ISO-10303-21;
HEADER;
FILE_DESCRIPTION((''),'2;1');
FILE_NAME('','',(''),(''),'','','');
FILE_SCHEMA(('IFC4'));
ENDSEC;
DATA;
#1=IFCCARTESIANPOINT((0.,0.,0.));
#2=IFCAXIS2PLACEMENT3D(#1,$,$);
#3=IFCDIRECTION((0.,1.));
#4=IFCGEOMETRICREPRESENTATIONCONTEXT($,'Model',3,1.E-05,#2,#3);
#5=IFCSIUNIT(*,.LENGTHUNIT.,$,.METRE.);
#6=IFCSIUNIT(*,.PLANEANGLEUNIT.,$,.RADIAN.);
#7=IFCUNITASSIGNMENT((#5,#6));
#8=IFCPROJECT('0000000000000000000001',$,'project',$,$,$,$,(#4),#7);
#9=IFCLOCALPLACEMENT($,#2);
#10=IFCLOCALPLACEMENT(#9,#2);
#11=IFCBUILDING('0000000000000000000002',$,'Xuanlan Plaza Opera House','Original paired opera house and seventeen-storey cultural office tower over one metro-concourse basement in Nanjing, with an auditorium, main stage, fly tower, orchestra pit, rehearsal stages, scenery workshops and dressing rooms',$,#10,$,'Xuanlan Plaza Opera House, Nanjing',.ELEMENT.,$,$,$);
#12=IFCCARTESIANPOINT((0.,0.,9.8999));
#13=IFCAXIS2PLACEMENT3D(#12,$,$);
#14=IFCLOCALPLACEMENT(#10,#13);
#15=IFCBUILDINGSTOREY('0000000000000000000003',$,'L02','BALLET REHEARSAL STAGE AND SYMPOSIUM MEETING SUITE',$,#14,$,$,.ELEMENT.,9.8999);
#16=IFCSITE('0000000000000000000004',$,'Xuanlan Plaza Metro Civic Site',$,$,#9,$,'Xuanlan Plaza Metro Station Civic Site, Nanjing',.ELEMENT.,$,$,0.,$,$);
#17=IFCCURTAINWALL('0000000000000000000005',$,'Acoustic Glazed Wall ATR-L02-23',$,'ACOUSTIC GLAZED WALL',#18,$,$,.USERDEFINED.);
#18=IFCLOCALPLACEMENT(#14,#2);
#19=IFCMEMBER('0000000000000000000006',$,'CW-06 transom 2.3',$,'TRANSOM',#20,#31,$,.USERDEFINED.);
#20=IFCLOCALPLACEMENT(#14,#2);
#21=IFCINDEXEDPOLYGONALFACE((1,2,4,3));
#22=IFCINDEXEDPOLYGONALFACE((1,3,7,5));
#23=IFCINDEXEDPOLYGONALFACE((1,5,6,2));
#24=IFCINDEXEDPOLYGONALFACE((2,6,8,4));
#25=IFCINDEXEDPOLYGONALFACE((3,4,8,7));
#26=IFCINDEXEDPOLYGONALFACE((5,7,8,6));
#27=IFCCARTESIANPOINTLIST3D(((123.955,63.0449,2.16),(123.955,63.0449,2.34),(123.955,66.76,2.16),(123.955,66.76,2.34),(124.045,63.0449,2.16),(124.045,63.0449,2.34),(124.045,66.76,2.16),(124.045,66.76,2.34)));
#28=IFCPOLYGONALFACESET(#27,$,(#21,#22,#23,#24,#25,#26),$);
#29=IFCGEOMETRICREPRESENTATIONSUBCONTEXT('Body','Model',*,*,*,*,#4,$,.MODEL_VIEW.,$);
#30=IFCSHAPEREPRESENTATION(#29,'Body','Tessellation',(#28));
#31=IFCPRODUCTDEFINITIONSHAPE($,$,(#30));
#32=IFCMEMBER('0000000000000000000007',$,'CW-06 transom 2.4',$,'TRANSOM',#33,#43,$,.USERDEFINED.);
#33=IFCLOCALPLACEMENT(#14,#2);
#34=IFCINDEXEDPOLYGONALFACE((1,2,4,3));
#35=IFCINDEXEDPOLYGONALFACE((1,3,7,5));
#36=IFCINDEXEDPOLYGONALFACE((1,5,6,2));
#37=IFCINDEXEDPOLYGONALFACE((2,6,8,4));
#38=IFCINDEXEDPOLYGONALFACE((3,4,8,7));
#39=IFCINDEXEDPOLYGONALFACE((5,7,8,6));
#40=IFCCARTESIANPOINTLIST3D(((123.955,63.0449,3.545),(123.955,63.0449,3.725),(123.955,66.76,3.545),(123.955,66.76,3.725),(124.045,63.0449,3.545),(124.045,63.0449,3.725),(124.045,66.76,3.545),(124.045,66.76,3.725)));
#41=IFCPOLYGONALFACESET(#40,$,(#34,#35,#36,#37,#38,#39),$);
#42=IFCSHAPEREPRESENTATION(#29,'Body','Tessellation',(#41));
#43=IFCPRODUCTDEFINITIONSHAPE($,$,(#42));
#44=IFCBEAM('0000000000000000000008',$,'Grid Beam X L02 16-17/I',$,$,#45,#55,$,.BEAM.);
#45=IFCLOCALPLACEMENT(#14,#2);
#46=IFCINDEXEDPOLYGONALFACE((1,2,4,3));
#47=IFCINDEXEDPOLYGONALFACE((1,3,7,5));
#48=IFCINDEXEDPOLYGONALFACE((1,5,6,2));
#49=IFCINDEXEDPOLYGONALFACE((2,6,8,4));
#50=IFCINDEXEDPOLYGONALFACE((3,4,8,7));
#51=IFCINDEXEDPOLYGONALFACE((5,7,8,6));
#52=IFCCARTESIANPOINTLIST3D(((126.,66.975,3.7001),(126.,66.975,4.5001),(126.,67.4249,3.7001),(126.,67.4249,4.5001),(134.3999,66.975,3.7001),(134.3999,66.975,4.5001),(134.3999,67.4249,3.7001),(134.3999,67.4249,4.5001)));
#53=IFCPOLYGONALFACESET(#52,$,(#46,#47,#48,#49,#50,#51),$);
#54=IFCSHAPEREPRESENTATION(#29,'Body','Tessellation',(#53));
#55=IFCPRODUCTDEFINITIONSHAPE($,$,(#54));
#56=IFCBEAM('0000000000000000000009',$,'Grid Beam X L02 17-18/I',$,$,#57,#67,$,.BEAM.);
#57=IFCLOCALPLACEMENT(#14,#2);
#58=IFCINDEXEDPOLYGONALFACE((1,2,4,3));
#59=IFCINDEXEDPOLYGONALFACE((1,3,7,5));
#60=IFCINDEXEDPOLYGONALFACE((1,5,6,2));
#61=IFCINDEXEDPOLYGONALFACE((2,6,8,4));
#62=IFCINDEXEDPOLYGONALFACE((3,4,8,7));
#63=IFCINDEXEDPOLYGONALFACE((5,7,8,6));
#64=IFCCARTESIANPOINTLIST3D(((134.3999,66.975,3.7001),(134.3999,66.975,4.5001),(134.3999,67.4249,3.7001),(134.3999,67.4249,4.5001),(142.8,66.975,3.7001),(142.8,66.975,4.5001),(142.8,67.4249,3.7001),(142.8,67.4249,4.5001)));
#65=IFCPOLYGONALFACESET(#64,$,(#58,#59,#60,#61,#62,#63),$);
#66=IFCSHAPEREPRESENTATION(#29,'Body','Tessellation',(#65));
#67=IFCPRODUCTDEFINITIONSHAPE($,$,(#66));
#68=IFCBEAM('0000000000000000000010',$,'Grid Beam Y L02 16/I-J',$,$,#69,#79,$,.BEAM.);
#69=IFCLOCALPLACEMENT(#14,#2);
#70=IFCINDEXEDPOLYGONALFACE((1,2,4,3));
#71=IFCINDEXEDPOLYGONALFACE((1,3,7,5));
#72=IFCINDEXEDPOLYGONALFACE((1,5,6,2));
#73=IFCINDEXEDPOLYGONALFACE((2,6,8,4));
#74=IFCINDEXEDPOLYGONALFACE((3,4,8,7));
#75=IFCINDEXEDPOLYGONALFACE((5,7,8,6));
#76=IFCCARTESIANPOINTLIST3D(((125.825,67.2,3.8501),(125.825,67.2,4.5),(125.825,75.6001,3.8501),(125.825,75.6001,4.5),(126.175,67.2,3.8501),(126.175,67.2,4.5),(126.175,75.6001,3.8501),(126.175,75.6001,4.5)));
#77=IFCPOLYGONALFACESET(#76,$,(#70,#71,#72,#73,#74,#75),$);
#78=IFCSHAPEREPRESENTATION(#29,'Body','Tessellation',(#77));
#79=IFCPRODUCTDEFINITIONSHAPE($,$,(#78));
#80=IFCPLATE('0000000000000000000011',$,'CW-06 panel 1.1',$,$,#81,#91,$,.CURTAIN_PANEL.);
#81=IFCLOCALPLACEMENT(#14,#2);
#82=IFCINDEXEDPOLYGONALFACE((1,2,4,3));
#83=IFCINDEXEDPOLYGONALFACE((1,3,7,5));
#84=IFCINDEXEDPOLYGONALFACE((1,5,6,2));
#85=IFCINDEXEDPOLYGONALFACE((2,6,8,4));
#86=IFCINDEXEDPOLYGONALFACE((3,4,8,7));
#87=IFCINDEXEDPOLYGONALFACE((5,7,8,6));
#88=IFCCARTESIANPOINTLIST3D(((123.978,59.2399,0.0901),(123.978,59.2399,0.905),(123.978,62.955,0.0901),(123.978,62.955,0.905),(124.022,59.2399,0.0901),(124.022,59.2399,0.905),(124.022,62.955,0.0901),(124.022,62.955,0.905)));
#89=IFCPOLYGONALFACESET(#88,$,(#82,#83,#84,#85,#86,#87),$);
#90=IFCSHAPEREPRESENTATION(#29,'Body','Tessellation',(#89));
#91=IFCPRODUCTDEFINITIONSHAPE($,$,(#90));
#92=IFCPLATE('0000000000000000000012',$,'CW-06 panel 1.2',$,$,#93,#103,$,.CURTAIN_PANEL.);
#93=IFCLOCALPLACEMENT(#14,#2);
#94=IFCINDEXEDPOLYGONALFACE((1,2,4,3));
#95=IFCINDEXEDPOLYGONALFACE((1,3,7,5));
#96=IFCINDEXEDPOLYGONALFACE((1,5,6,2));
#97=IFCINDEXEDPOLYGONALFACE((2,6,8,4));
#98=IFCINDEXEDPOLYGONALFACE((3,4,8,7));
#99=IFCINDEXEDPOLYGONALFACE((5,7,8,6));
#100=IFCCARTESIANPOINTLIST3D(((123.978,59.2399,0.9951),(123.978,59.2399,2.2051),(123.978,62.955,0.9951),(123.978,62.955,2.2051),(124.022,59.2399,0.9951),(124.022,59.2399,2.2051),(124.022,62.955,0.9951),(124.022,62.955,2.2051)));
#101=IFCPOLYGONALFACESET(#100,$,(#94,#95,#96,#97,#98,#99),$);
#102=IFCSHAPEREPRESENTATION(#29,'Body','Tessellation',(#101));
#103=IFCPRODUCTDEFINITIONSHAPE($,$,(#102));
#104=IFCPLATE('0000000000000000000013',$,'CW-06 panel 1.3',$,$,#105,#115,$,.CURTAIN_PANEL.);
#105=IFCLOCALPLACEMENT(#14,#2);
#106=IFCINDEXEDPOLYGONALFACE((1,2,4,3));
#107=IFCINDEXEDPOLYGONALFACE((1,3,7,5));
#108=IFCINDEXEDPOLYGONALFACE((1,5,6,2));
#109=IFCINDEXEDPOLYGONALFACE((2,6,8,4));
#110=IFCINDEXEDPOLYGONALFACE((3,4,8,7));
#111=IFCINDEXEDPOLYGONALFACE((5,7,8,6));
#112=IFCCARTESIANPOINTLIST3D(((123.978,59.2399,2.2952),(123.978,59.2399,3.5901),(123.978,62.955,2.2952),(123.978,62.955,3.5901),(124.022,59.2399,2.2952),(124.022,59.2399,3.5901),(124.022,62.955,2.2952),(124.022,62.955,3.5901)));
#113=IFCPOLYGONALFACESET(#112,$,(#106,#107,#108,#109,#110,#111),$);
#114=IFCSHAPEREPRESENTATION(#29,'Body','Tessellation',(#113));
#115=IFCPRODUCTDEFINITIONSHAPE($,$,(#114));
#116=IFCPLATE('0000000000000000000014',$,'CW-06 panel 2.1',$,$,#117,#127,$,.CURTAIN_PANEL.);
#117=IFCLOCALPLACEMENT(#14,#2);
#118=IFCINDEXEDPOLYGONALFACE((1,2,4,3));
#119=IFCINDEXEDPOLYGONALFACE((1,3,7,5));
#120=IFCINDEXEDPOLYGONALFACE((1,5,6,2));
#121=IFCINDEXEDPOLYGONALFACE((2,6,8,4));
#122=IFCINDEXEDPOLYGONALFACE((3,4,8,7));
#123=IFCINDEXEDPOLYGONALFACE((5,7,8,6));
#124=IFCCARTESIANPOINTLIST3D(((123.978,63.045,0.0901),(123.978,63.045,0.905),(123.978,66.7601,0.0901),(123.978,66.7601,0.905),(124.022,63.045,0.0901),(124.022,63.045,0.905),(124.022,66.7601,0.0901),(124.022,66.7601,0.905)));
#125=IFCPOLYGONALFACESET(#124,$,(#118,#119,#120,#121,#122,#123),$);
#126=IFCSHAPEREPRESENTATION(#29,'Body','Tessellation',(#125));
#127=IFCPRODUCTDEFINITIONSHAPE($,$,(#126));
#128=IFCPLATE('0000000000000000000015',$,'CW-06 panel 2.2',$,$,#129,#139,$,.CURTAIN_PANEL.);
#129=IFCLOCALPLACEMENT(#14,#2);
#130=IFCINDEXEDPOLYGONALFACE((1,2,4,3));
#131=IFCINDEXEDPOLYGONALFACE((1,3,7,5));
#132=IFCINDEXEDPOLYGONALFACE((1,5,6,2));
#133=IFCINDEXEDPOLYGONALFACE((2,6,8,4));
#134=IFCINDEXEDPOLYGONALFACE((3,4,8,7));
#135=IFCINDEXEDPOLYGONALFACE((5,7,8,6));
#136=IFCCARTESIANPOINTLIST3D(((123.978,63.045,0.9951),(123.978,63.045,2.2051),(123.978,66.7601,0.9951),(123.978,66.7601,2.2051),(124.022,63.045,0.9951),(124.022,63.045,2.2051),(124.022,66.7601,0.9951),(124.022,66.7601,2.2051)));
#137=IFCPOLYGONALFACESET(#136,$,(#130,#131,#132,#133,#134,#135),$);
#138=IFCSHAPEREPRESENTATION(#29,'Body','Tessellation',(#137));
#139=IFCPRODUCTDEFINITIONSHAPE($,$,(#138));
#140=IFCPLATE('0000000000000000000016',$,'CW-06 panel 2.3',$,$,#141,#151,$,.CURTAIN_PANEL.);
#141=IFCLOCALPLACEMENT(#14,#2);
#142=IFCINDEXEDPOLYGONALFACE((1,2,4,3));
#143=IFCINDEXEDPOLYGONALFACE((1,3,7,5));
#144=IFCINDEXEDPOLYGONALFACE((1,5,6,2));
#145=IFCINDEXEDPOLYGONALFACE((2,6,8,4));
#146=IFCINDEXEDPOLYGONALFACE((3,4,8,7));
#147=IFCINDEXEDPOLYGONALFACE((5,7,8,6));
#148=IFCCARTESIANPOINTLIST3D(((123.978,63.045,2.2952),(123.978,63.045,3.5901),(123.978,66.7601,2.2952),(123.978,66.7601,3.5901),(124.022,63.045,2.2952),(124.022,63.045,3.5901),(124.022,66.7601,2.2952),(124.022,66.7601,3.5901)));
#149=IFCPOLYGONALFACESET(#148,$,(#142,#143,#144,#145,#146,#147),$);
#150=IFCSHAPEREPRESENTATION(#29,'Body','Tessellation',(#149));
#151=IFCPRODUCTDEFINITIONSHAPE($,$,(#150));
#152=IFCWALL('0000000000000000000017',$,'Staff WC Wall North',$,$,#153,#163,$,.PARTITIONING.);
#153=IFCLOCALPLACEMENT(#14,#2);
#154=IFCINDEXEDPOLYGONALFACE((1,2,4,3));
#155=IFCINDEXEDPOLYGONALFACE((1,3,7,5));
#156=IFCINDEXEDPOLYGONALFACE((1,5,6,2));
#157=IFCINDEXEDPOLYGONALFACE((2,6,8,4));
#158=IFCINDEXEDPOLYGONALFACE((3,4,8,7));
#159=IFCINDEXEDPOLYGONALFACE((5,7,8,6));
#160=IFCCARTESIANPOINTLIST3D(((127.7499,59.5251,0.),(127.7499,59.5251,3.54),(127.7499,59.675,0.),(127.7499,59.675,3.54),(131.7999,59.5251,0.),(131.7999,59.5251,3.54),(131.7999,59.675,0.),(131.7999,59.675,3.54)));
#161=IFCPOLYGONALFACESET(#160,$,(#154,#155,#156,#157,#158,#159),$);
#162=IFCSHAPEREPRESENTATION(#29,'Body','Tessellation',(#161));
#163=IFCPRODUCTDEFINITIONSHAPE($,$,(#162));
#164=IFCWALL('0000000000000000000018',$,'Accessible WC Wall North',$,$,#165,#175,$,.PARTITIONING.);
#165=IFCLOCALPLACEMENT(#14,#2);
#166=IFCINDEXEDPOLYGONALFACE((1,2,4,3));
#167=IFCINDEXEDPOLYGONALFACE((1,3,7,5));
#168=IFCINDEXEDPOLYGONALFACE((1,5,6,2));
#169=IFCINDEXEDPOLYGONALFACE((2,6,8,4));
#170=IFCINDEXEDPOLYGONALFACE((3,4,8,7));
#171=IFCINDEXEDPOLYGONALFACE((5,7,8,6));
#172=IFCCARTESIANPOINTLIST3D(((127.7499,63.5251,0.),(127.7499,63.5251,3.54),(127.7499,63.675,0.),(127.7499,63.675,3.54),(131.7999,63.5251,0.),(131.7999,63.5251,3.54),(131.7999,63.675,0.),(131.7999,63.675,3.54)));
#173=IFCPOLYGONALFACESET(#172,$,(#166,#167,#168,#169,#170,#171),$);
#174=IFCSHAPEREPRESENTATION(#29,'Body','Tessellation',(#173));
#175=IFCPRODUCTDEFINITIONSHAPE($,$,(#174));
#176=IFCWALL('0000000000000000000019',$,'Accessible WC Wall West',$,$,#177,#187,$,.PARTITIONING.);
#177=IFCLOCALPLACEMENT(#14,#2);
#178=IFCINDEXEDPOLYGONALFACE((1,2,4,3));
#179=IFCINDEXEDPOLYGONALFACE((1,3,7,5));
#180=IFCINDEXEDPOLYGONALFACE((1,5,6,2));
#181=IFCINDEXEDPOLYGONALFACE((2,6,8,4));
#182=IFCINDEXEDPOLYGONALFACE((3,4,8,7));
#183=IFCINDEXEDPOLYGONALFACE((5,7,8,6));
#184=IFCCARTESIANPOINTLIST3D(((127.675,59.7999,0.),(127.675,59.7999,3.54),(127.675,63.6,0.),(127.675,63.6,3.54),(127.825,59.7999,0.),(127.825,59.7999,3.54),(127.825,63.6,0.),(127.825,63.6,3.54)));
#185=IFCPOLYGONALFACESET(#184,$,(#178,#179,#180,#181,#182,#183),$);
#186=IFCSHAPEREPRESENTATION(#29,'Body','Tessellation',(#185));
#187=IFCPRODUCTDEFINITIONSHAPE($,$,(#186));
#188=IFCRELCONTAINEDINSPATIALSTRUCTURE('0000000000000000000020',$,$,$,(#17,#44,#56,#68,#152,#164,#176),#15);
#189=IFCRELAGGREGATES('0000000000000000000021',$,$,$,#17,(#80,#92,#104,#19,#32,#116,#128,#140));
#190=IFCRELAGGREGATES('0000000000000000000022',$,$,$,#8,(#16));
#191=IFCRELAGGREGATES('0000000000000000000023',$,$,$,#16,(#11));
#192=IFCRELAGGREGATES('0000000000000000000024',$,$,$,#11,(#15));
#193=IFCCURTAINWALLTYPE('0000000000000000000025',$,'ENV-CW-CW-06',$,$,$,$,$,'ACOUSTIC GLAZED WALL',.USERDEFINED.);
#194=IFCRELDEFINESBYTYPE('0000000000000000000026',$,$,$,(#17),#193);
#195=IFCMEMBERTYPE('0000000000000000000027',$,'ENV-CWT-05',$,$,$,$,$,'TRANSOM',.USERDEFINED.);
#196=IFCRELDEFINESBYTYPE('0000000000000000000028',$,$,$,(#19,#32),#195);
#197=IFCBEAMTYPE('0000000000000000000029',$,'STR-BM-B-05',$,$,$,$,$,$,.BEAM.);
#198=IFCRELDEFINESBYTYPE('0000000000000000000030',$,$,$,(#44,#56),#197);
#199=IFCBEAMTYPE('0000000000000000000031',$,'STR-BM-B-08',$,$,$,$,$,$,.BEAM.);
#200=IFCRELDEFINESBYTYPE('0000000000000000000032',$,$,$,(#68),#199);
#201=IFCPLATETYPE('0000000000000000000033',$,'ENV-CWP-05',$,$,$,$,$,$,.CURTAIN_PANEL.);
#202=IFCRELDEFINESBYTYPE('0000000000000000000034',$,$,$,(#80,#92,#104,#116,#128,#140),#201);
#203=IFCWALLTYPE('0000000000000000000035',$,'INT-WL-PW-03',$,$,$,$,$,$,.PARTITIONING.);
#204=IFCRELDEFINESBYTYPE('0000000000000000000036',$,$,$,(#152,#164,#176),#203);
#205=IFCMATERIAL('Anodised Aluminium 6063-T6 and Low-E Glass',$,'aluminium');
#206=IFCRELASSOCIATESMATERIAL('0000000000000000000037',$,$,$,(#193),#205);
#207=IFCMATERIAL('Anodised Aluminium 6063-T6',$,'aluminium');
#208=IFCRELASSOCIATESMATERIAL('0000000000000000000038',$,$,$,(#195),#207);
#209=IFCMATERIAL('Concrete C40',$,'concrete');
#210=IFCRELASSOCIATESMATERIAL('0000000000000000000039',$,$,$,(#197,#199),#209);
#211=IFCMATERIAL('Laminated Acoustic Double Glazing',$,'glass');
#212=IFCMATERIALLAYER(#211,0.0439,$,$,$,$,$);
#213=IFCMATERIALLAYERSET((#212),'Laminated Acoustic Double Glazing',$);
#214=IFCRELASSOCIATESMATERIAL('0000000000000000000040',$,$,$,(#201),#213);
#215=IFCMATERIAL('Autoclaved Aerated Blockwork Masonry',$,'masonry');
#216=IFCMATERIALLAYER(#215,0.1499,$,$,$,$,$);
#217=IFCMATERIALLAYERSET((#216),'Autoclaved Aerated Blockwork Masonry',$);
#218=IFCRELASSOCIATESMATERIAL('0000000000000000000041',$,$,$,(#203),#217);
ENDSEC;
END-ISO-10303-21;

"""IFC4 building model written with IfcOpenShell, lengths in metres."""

from ifc_helpers import new_model, si_unit, direction, frame, frame_2d, origin, origin_2d, place, context, subcontext, project, spatial, rectangle, extrude, material, layer, layer_set, material_profile, profile_set, type_object, element, aggregate, save


model = new_model("IFC4")

# Units and contexts
model_context = context("Model", 3, precision=1e-05, world=origin(), true_north=direction((0.0, 1.0)))
body_context = subcontext(model_context, "Body", "Model", "MODEL_VIEW")
ifc_project = project(units=[si_unit("LENGTHUNIT", "METRE"), si_unit("PLANEANGLEUNIT", "RADIAN")], contexts=[model_context])

# Site, building, storey
site_placement = place(None, origin())
site = spatial("IfcSite", under=ifc_project, at=site_placement, Name="Xuanlan Plaza Metro Civic Site", LongName="Xuanlan Plaza Metro Station Civic Site, Nanjing", CompositionType="ELEMENT", RefElevation=0.0)
building_placement = place(site_placement, origin())
building = spatial("IfcBuilding", under=site, at=building_placement, Name="Xuanlan Plaza Opera House", Description="Original paired opera house and seventeen-storey cultural office tower over one metro-concourse basement in Nanjing, with an auditorium, main stage, fly tower, orchestra pit, rehearsal stages, scenery workshops and dressing rooms", LongName="Xuanlan Plaza Opera House, Nanjing", CompositionType="ELEMENT")
storey_placement = place(building_placement, frame((0.0, 0.0, 9.8999)))
storey = spatial("IfcBuildingStorey", under=building, at=storey_placement, Name="L02", Description="BALLET REHEARSAL STAGE AND SYMPOSIUM MEETING SUITE", CompositionType="ELEMENT", Elevation=9.8999)

# Curtain wall, members
ifc_material_1 = material(Name="Anodised Aluminium 6063-T6 and Low-E Glass", Category="aluminium")
curtain_wall_type = type_object("IfcCurtainWallType", Name="ENV-CW-CW-06", ElementType="ACOUSTIC GLAZED WALL", PredefinedType="USERDEFINED", material=ifc_material_1)
curtain_wall_placement = place(storey_placement, origin())
curtain_wall = element("IfcCurtainWall", 1, at=curtain_wall_placement, inside=storey, type_object=curtain_wall_type, Name="Acoustic Glazed Wall ATR-L02-23", ObjectType="ACOUSTIC GLAZED WALL", PredefinedType="USERDEFINED")
ifc_material_2 = material(Name="Anodised Aluminium 6063-T6", Category="aluminium")
ifc_material_profile_1 = material_profile(ifc_material_2, rectangle(XDim=0.0901, YDim=0.1799, at=origin_2d()), Name="ALU-T 90x180")
ifc_profile_set_1 = profile_set([ifc_material_profile_1], Name="Anodised Aluminium 6063-T6")
member_type_1 = type_object("IfcMemberType", Name="ENV-CWT-05", ElementType="TRANSOM", PredefinedType="USERDEFINED", material=ifc_profile_set_1)
member_1_placement = place(storey_placement, frame((124.0, 63.0449, 2.25), z_axis=(0.0, 1.0, 0.0), x_axis=(-1.0, 0.0, 0.0)))
member_1 = element("IfcMember", 2, at=member_1_placement, type_object=member_type_1, Name="CW-06 transom 2.3", ObjectType="TRANSOM", PredefinedType="USERDEFINED", context=body_context, shape_type="SweptSolid", body=[
    extrude(rectangle(XDim=0.0901, YDim=0.1799, at=origin_2d()), origin(), (0.0, 0.0, 1.0), 3.7151),
])
member_2_placement = place(storey_placement, frame((124.0, 63.0449, 3.635), z_axis=(0.0, 1.0, 0.0), x_axis=(-1.0, 0.0, 0.0)))
member_2 = element("IfcMember", 3, at=member_2_placement, type_object=member_type_1, Name="CW-06 transom 2.4", ObjectType="TRANSOM", PredefinedType="USERDEFINED", context=body_context, shape_type="SweptSolid", body=[
    extrude(rectangle(XDim=0.0901, YDim=0.1799, at=origin_2d()), origin(), (0.0, 0.0, 1.0), 3.7151),
])

# Beams
ifc_material_3 = material(Name="Concrete C40", Category="concrete")
ifc_material_profile_2 = material_profile(ifc_material_3, rectangle(XDim=0.45, YDim=0.8, at=origin_2d()), Name="RC-BM 450x800")
ifc_profile_set_2 = profile_set([ifc_material_profile_2], Name="Concrete C40")
beam_type_1 = type_object("IfcBeamType", Name="STR-BM-B-05", PredefinedType="BEAM", material=ifc_profile_set_2)
beam_1_placement = place(storey_placement, frame((126.0, 67.2, 4.1001), z_axis=(1.0, 0.0, 0.0), x_axis=(0.0, 1.0, 0.0)))
element("IfcBeam", 4, at=beam_1_placement, inside=storey, type_object=beam_type_1, Name="Grid Beam X L02 16-17/I", PredefinedType="BEAM", context=body_context, shape_type="SweptSolid", body=[
    extrude(rectangle(XDim=0.45, YDim=0.8, at=origin_2d()), origin(), (0.0, 0.0, 1.0), 8.3999),
])
beam_2_placement = place(storey_placement, frame((134.3999, 67.2, 4.1001), z_axis=(1.0, 0.0, 0.0), x_axis=(0.0, 1.0, 0.0)))
element("IfcBeam", 5, at=beam_2_placement, inside=storey, type_object=beam_type_1, Name="Grid Beam X L02 17-18/I", PredefinedType="BEAM", context=body_context, shape_type="SweptSolid", body=[
    extrude(rectangle(XDim=0.45, YDim=0.8, at=origin_2d()), origin(), (0.0, 0.0, 1.0), 8.4001),
])
ifc_material_profile_3 = material_profile(ifc_material_3, rectangle(XDim=0.3501, YDim=0.6499, at=origin_2d()), Name="RC-BM 350x650")
ifc_profile_set_3 = profile_set([ifc_material_profile_3], Name="Concrete C40")
beam_type_2 = type_object("IfcBeamType", Name="STR-BM-B-08", PredefinedType="BEAM", material=ifc_profile_set_3)
beam_3_placement = place(storey_placement, frame((126.0, 67.2, 4.175), z_axis=(0.0, 1.0, 0.0), x_axis=(-1.0, 0.0, 0.0)))
element("IfcBeam", 6, at=beam_3_placement, inside=storey, type_object=beam_type_2, Name="Grid Beam Y L02 16/I-J", PredefinedType="BEAM", context=body_context, shape_type="SweptSolid", body=[
    extrude(rectangle(XDim=0.3501, YDim=0.6499, at=origin_2d()), origin(), (0.0, 0.0, 1.0), 8.4001),
])

# Plates
ifc_material_4 = material(Name="Laminated Acoustic Double Glazing", Category="glass")
ifc_layer_1 = layer(ifc_material_4, 0.0439)
ifc_layer_set_1 = layer_set([ifc_layer_1], Name="Laminated Acoustic Double Glazing")
plate_type = type_object("IfcPlateType", Name="ENV-CWP-05", PredefinedType="CURTAIN_PANEL", material=ifc_layer_set_1)
plate_1_placement = place(storey_placement, frame((124.0, 61.0974, 0.0901), z_axis=(0.0, 0.0, 1.0), x_axis=(0.0, 1.0, 0.0)))
plate_1 = element("IfcPlate", 7, at=plate_1_placement, type_object=plate_type, Name="CW-06 panel 1.1", PredefinedType="CURTAIN_PANEL", context=body_context, shape_type="SweptSolid", body=[
    extrude(rectangle(XDim=3.7151, YDim=0.0439, at=origin_2d()), origin(), (0.0, 0.0, 1.0), 0.8149),
])
plate_2_placement = place(storey_placement, frame((124.0, 61.0974, 0.9951), z_axis=(0.0, 0.0, 1.0), x_axis=(0.0, 1.0, 0.0)))
plate_2 = element("IfcPlate", 8, at=plate_2_placement, type_object=plate_type, Name="CW-06 panel 1.2", PredefinedType="CURTAIN_PANEL", context=body_context, shape_type="SweptSolid", body=[
    extrude(rectangle(XDim=3.7151, YDim=0.0439, at=origin_2d()), origin(), (0.0, 0.0, 1.0), 1.21),
])
plate_3_placement = place(storey_placement, frame((124.0, 61.0974, 2.2952), z_axis=(0.0, 0.0, 1.0), x_axis=(0.0, 1.0, 0.0)))
plate_3 = element("IfcPlate", 9, at=plate_3_placement, type_object=plate_type, Name="CW-06 panel 1.3", PredefinedType="CURTAIN_PANEL", context=body_context, shape_type="SweptSolid", body=[
    extrude(rectangle(XDim=3.7151, YDim=0.0439, at=origin_2d()), origin(), (0.0, 0.0, 1.0), 1.2949),
])
plate_4_placement = place(storey_placement, frame((124.0, 64.9026, 0.0901), z_axis=(0.0, 0.0, 1.0), x_axis=(0.0, 1.0, 0.0)))
plate_4 = element("IfcPlate", 10, at=plate_4_placement, type_object=plate_type, Name="CW-06 panel 2.1", PredefinedType="CURTAIN_PANEL", context=body_context, shape_type="SweptSolid", body=[
    extrude(rectangle(XDim=3.7151, YDim=0.0439, at=origin_2d()), origin(), (0.0, 0.0, 1.0), 0.8149),
])
plate_5_placement = place(storey_placement, frame((124.0, 64.9026, 0.9951), z_axis=(0.0, 0.0, 1.0), x_axis=(0.0, 1.0, 0.0)))
plate_5 = element("IfcPlate", 11, at=plate_5_placement, type_object=plate_type, Name="CW-06 panel 2.2", PredefinedType="CURTAIN_PANEL", context=body_context, shape_type="SweptSolid", body=[
    extrude(rectangle(XDim=3.7151, YDim=0.0439, at=origin_2d()), origin(), (0.0, 0.0, 1.0), 1.21),
])
plate_6_placement = place(storey_placement, frame((124.0, 64.9026, 2.2952), z_axis=(0.0, 0.0, 1.0), x_axis=(0.0, 1.0, 0.0)))
plate_6 = element("IfcPlate", 12, at=plate_6_placement, type_object=plate_type, Name="CW-06 panel 2.3", PredefinedType="CURTAIN_PANEL", context=body_context, shape_type="SweptSolid", body=[
    extrude(rectangle(XDim=3.7151, YDim=0.0439, at=origin_2d()), origin(), (0.0, 0.0, 1.0), 1.2949),
])
aggregate(curtain_wall, [plate_1, plate_2, plate_3, member_1, member_2, plate_4, plate_5, plate_6])

# Walls
ifc_material_5 = material(Name="Autoclaved Aerated Blockwork Masonry", Category="masonry")
ifc_layer_2 = layer(ifc_material_5, 0.1499)
ifc_layer_set_2 = layer_set([ifc_layer_2], Name="Autoclaved Aerated Blockwork Masonry")
wall_type_1 = type_object("IfcWallType", Name="INT-WL-PW-03", PredefinedType="PARTITIONING", material=ifc_layer_set_2)
for number, where, z_axis, x_axis, name in (
    (13, (127.75, 59.6001, 0.0), (0.0, 0.0, 1.0), (1.0, 0.0, 0.0), "Staff WC Wall North"),
    (14, (127.75, 63.6001, 0.0), (0.0, 0.0, 1.0), (1.0, 0.0, 0.0), "Accessible WC Wall North"),
):
    element("IfcWall", number, at=place(storey_placement, frame(where, z_axis=z_axis, x_axis=x_axis)), inside=storey, type_object=wall_type_1, Name=name, PredefinedType="PARTITIONING", context=body_context, shape_type="SweptSolid", body=[
        extrude(rectangle(XDim=4.05, YDim=0.1499, at=frame_2d((2.0249, 0.0))), origin(), (0.0, 0.0, 1.0), 3.54),
    ])
wall_1_placement = place(storey_placement, frame((127.75, 59.8, 0.0), z_axis=(0.0, 0.0, 1.0), x_axis=(0.0, 1.0, 0.0)))
element("IfcWall", 15, at=wall_1_placement, inside=storey, type_object=wall_type_1, Name="Accessible WC Wall West", PredefinedType="PARTITIONING", context=body_context, shape_type="SweptSolid", body=[
    extrude(rectangle(XDim=3.8, YDim=0.1499, at=frame_2d((1.8999, 0.0))), origin(), (0.0, 0.0, 1.0), 3.54),
])

save(model, "model.ifc")
